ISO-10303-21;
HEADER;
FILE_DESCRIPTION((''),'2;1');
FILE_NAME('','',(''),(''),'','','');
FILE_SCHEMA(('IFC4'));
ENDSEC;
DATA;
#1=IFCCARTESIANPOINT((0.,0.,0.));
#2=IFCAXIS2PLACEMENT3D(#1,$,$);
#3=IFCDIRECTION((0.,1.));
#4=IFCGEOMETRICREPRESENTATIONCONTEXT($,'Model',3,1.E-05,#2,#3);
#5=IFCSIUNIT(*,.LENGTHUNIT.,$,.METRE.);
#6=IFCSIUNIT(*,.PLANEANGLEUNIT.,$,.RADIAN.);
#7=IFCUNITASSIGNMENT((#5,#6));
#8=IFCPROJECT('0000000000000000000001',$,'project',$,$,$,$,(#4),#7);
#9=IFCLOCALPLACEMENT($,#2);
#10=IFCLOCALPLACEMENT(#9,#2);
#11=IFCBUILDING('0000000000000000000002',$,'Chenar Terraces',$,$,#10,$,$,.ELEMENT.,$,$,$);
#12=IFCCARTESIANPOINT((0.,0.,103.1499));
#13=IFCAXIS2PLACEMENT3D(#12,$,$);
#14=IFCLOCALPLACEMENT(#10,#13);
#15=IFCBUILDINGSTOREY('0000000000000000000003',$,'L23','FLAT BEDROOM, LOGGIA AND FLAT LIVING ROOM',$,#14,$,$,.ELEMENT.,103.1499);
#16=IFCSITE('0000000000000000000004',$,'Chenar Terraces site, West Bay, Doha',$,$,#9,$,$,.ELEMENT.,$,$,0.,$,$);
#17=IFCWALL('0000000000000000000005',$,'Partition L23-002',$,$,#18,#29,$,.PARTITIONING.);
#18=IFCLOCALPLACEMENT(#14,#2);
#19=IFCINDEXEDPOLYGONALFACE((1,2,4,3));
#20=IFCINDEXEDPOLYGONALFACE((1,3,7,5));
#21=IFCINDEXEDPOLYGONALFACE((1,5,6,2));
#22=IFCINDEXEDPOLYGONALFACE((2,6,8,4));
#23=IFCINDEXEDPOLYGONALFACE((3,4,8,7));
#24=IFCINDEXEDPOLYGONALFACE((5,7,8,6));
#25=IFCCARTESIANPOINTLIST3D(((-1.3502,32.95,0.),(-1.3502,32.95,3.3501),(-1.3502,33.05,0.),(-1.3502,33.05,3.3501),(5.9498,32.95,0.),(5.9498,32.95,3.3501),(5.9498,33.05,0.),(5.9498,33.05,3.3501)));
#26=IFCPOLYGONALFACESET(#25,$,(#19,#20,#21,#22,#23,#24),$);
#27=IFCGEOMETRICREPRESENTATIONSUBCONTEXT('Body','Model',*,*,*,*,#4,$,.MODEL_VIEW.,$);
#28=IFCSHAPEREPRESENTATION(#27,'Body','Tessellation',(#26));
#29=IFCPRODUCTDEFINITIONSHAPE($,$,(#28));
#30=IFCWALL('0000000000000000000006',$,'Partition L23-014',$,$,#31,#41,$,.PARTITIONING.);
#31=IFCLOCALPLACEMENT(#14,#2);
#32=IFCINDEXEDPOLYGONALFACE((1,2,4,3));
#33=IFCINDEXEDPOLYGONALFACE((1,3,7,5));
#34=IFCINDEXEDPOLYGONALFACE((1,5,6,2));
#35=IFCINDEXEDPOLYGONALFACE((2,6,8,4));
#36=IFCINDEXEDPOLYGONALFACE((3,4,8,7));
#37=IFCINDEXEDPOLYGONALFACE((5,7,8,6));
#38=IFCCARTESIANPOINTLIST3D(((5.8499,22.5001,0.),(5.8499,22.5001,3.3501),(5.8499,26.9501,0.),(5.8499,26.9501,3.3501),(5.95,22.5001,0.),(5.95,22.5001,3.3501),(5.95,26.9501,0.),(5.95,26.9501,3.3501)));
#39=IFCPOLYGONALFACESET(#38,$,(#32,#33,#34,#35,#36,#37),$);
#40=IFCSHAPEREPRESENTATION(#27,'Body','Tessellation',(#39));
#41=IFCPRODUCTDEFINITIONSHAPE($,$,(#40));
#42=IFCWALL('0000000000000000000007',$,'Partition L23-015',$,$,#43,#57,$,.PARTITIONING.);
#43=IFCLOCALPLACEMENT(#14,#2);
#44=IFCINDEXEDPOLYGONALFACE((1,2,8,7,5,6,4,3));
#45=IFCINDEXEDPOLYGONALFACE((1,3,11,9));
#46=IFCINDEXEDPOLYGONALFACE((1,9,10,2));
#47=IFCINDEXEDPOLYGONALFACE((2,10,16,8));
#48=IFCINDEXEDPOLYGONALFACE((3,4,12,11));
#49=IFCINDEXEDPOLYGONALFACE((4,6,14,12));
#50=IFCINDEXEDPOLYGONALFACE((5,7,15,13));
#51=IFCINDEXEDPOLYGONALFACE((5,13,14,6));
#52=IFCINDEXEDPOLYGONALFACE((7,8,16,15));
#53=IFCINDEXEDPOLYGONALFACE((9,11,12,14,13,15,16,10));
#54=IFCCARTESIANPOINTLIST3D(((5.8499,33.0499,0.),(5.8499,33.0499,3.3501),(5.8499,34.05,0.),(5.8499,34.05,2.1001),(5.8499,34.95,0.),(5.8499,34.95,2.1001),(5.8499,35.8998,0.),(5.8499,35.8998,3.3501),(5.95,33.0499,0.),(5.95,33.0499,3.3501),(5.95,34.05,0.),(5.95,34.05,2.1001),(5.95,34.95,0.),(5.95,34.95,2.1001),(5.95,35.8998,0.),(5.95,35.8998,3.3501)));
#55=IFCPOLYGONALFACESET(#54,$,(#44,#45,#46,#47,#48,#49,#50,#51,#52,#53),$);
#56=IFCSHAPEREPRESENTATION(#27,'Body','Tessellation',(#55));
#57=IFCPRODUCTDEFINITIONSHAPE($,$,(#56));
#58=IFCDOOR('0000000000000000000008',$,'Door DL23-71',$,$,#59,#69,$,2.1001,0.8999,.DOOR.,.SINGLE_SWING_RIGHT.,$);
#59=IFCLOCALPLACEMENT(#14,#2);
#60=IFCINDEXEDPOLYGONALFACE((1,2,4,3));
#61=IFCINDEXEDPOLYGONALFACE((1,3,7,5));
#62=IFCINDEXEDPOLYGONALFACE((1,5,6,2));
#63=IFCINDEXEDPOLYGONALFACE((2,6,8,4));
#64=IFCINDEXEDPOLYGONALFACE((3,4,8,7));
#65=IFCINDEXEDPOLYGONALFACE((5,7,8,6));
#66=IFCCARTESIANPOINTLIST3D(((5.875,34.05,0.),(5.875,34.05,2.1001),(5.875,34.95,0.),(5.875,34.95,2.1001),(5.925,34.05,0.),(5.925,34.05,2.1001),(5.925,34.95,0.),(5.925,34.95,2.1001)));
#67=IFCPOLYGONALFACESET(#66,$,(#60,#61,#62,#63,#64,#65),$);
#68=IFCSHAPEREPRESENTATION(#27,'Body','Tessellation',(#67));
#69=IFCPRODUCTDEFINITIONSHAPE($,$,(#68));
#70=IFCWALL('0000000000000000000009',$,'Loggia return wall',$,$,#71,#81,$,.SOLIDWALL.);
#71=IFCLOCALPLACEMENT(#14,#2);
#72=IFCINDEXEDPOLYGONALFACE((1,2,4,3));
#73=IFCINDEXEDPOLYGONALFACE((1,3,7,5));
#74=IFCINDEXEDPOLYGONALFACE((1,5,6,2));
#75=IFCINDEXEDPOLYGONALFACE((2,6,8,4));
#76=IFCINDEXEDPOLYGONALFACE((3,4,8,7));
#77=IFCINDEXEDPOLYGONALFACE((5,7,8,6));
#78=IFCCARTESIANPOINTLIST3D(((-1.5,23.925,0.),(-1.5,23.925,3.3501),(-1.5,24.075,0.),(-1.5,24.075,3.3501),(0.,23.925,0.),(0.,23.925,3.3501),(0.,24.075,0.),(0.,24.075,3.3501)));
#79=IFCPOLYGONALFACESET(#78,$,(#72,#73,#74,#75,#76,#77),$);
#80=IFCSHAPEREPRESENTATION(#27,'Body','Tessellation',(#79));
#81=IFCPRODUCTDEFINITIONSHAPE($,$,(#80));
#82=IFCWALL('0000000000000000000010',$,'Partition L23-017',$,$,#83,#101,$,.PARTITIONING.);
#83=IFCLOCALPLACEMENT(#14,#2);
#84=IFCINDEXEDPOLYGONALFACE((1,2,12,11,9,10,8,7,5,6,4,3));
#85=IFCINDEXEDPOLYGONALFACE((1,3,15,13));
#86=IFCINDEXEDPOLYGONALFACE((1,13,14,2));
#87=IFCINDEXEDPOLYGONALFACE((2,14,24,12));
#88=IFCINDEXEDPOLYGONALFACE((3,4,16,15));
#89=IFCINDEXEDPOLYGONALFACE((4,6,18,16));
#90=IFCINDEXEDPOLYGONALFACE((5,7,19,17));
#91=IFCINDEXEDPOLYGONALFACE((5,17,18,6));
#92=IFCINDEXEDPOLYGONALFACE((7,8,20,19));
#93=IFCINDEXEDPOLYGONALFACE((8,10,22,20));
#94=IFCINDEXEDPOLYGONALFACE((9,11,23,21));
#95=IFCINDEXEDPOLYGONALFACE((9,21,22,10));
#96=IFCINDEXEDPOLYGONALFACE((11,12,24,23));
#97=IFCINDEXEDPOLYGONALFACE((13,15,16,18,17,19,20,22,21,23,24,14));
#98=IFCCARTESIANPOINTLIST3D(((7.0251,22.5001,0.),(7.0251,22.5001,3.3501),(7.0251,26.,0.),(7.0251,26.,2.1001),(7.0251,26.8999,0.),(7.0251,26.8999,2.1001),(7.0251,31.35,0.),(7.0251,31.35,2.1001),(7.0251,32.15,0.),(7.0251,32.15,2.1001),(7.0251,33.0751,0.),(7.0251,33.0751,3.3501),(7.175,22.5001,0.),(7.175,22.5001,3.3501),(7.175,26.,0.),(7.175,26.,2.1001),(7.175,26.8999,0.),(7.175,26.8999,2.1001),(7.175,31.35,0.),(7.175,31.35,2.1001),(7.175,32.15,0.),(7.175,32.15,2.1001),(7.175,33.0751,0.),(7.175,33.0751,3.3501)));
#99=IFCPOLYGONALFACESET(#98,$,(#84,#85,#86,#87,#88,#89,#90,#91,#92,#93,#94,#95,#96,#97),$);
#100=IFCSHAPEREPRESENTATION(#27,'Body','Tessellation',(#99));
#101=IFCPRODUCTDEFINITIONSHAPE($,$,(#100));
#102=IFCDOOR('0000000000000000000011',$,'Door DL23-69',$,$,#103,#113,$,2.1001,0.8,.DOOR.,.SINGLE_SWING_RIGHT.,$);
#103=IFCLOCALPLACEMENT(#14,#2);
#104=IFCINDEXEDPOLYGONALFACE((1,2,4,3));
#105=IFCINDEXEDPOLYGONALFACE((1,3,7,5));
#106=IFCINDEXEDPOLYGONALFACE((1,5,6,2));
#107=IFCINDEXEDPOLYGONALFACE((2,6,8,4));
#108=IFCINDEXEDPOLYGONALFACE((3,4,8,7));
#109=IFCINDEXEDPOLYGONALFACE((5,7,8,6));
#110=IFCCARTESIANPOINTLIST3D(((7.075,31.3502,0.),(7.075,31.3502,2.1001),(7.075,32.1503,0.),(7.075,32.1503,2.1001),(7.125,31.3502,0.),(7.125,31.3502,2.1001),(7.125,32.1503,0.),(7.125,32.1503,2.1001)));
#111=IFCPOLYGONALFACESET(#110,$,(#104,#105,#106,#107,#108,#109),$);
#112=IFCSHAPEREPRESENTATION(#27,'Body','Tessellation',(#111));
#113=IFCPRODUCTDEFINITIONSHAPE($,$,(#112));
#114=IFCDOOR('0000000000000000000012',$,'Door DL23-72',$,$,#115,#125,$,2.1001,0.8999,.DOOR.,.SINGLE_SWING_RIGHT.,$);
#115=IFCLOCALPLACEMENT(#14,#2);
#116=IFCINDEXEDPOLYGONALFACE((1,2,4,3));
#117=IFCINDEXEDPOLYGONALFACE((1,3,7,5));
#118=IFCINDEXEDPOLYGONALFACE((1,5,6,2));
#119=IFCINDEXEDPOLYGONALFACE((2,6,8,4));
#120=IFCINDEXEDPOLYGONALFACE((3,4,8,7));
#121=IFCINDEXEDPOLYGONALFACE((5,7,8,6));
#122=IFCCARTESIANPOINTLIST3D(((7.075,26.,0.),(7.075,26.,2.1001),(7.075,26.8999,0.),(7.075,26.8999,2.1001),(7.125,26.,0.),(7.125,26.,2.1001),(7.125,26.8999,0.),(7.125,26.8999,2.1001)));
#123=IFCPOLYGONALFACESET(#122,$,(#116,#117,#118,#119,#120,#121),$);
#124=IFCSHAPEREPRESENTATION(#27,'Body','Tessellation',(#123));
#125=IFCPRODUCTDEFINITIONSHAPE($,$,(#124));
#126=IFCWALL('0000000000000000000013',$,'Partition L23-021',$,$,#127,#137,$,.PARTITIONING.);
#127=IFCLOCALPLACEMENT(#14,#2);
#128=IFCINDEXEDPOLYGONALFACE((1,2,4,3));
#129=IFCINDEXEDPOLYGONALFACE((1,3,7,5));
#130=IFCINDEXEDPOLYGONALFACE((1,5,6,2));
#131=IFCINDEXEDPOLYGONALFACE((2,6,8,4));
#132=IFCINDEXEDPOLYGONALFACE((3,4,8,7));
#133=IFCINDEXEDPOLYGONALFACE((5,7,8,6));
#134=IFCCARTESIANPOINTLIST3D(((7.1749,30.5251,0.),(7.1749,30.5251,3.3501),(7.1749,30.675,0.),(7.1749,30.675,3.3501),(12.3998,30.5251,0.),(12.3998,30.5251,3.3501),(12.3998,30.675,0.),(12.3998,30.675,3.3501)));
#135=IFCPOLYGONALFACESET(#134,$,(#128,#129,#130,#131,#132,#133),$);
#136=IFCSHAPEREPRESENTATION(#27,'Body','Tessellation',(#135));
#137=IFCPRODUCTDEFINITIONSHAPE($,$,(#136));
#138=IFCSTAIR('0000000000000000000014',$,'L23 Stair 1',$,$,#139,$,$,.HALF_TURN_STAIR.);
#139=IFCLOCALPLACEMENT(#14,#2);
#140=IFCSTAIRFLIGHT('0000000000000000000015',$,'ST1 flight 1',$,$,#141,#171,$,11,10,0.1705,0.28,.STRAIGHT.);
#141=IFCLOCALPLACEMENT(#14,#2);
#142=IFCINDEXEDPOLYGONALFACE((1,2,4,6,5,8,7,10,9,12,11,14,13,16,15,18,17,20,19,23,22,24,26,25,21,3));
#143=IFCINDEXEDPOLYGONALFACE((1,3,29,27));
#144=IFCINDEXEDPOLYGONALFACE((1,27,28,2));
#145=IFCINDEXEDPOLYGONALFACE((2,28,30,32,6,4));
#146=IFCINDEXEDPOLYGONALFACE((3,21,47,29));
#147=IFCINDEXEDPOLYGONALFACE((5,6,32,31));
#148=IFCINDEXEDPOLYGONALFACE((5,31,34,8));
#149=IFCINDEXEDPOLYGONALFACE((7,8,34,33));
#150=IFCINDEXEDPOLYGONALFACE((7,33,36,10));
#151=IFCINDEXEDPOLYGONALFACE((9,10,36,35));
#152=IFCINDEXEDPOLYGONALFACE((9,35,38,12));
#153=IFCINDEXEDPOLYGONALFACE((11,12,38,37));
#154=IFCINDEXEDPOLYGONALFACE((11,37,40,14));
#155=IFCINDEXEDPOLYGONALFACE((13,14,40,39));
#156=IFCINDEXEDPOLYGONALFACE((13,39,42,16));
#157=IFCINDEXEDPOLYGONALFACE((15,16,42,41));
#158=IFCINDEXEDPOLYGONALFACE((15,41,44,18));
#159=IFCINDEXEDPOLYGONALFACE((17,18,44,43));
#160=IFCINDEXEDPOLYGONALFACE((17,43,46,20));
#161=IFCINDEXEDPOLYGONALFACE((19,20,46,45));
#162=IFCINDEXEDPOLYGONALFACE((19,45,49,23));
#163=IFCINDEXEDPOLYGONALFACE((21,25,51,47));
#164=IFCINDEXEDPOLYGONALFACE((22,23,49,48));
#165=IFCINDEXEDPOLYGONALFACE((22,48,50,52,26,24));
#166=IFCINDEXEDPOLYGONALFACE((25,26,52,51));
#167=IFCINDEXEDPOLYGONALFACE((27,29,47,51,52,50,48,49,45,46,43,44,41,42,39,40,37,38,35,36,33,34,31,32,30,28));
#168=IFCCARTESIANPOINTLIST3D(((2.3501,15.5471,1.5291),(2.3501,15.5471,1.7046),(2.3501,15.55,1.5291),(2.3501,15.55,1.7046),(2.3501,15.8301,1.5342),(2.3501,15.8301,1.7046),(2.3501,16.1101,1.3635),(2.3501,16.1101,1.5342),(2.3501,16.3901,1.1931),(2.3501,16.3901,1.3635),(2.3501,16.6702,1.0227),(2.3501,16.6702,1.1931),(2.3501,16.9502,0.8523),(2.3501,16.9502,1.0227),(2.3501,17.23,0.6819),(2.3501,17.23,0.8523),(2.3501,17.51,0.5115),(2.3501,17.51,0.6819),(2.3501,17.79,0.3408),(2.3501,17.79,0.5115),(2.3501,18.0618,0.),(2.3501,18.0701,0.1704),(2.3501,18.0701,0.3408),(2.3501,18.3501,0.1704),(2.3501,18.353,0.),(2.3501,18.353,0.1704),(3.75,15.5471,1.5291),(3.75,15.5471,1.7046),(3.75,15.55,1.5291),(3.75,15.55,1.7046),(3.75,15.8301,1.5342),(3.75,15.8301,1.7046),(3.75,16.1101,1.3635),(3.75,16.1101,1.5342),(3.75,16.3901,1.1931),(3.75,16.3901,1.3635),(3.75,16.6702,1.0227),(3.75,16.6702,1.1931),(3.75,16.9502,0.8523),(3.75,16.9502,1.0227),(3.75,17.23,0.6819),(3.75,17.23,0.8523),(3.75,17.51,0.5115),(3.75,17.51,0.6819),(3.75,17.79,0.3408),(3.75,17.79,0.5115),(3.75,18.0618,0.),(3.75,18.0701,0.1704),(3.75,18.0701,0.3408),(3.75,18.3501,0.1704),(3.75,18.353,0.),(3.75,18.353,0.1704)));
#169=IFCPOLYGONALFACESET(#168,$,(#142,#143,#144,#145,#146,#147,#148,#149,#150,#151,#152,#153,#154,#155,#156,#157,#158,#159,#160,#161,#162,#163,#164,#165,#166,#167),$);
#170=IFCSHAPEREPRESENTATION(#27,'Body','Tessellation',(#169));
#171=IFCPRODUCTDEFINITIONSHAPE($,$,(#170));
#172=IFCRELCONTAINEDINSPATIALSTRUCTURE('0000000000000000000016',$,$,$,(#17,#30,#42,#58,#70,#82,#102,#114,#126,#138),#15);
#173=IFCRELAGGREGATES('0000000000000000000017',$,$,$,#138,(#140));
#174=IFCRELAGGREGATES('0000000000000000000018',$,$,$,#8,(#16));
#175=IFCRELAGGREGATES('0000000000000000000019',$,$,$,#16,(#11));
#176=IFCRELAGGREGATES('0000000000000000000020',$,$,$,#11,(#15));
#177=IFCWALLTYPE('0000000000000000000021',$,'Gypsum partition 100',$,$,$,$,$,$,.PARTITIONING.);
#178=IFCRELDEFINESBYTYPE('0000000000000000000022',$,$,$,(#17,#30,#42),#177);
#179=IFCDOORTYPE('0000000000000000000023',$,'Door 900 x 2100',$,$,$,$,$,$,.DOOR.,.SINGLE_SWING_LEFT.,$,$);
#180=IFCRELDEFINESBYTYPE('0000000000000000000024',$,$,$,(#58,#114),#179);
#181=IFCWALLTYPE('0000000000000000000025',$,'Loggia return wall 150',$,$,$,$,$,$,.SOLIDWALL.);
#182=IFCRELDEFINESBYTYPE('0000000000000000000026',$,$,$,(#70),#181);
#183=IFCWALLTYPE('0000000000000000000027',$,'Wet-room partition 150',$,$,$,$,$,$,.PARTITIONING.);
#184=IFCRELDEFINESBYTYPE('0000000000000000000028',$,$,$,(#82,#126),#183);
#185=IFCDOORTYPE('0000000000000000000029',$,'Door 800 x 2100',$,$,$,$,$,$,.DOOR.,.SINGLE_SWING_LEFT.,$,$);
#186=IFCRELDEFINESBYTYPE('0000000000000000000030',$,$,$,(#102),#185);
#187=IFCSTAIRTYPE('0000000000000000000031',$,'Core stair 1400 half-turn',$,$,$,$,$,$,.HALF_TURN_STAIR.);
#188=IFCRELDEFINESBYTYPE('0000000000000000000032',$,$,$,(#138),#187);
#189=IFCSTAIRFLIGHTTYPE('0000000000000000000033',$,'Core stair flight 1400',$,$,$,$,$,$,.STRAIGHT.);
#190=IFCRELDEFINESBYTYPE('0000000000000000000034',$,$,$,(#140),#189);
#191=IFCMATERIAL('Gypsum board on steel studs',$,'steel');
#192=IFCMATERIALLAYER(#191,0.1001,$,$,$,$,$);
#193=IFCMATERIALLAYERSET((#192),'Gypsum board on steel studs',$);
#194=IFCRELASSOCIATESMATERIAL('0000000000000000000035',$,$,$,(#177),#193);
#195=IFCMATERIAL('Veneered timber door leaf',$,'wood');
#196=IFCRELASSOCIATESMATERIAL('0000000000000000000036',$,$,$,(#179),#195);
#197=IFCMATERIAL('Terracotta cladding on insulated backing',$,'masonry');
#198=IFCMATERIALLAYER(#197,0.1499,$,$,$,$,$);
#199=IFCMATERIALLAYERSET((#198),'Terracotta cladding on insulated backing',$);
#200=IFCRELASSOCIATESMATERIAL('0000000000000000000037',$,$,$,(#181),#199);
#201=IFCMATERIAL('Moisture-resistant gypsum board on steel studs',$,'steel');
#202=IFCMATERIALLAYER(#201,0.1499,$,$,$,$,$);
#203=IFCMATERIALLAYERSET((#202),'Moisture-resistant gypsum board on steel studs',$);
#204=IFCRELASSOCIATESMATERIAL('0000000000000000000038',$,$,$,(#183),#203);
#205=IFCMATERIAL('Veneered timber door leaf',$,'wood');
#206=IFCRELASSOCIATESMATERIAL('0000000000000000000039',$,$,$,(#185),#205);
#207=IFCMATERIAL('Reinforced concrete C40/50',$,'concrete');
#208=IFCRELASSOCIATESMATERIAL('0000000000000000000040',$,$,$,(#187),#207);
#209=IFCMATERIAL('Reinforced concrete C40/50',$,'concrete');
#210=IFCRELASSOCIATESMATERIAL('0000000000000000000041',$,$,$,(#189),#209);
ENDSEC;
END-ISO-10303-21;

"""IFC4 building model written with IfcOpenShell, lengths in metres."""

from ifc_helpers import new_model, si_unit, direction, frame, frame_2d, origin, place, context, subcontext, project, spatial, polyline, rectangle, outline, extrude, material, layer, layer_set, type_object, element, fill, aggregate, save


model = new_model("IFC4")

# Units and contexts
model_context = context("Model", 3, precision=1e-05, world=origin(), true_north=direction((0.0, 1.0)))
body_context = subcontext(model_context, "Body", "Model", "MODEL_VIEW")
ifc_project = project(units=[si_unit("LENGTHUNIT", "METRE"), si_unit("PLANEANGLEUNIT", "RADIAN")], contexts=[model_context])

# Site, building, storey
site_placement = place(None, origin())
site = spatial("IfcSite", under=ifc_project, at=site_placement, Name="Chenar Terraces site, West Bay, Doha", CompositionType="ELEMENT", RefElevation=0.0)
building_placement = place(site_placement, origin())
building = spatial("IfcBuilding", under=site, at=building_placement, Name="Chenar Terraces", CompositionType="ELEMENT")
storey_placement = place(building_placement, frame((0.0, 0.0, 103.1499)))
storey = spatial("IfcBuildingStorey", under=building, at=storey_placement, Name="L23", Description="FLAT BEDROOM, LOGGIA AND FLAT LIVING ROOM", CompositionType="ELEMENT", Elevation=103.1499)

# Shared definitions
ifc_material_1 = material(Name="Gypsum board on steel studs", Category="steel")
ifc_layer_1 = layer(ifc_material_1, 0.1001)
ifc_layer_set_1 = layer_set([ifc_layer_1], Name="Gypsum board on steel studs")
wall_type_1 = type_object("IfcWallType", Name="Gypsum partition 100", PredefinedType="PARTITIONING", material=ifc_layer_set_1)
ifc_material_2 = material(Name="Veneered timber door leaf", Category="wood")
door_type_1 = type_object("IfcDoorType", Name="Door 900 x 2100", OperationType="SINGLE_SWING_LEFT", PredefinedType="DOOR", material=ifc_material_2)

# Walls
wall_1_placement = place(storey_placement, frame((-1.3501, 33.0, 0.0), z_axis=(0.0, 0.0, 1.0), x_axis=(1.0, 0.0, 0.0)))
element("IfcWall", 1, at=wall_1_placement, inside=storey, type_object=wall_type_1, Name="Partition L23-002", PredefinedType="PARTITIONING", context=body_context, shape_type="SweptSolid", body=[
    extrude(rectangle(XDim=7.3, YDim=0.1001, at=frame_2d((3.6499, 0.0))), origin(), (0.0, 0.0, 1.0), 3.3501),
])
wall_2_placement = place(storey_placement, frame((5.8999, 22.5, 0.0), z_axis=(0.0, 0.0, 1.0), x_axis=(0.0, 1.0, 0.0)))
element("IfcWall", 2, at=wall_2_placement, inside=storey, type_object=wall_type_1, Name="Partition L23-014", PredefinedType="PARTITIONING", context=body_context, shape_type="SweptSolid", body=[
    extrude(rectangle(XDim=4.45, YDim=0.1001, at=frame_2d((2.2251, 0.0))), origin(), (0.0, 0.0, 1.0), 3.3501),
])

# Wall, opening, door
wall_3_placement = place(storey_placement, frame((5.8999, 33.05, 0.0), z_axis=(0.0, 0.0, 1.0), x_axis=(0.0, 1.0, 0.0)))
wall_3 = element("IfcWall", 3, at=wall_3_placement, inside=storey, type_object=wall_type_1, Name="Partition L23-015", PredefinedType="PARTITIONING", context=body_context, shape_type="SweptSolid", body=[
    extrude(rectangle(XDim=2.8499, YDim=0.1001, at=frame_2d((1.4248, 0.0))), origin(), (0.0, 0.0, 1.0), 3.3501),
])
opening_1_placement = place(wall_3_placement, frame((1.0, 0.0, 0.0)))
opening_1 = element("IfcOpeningElement", 4, at=opening_1_placement, cuts=wall_3, PredefinedType="OPENING", context=body_context, shape_type="SweptSolid", body=[
    extrude(rectangle(XDim=0.8999, YDim=2.1001, at=frame_2d((0.45, 1.05))), frame((0.0, 0.0601, 0.0), z_axis=(0.0, -1.0, 0.0), x_axis=(1.0, 0.0, 0.0)), (0.0, 0.0, 1.0), 0.1201),
])
door_1_placement = place(opening_1_placement, origin())
door_1 = element("IfcDoor", 5, at=door_1_placement, inside=storey, type_object=door_type_1, Name="Door DL23-71", OperationType="SINGLE_SWING_RIGHT", OverallHeight=2.1001, OverallWidth=0.8999, PredefinedType="DOOR", context=body_context, shape_type="SweptSolid", body=[
    extrude(rectangle(XDim=0.8999, YDim=2.1001, at=frame_2d((0.45, 1.05))), frame((0.0, 0.0249, 0.0), z_axis=(0.0, -1.0, 0.0), x_axis=(1.0, 0.0, 0.0)), (0.0, 0.0, 1.0), 0.05),
])
fill(opening_1, door_1)

# Wall
ifc_material_3 = material(Name="Terracotta cladding on insulated backing", Category="masonry")
ifc_layer_2 = layer(ifc_material_3, 0.1499)
ifc_layer_set_2 = layer_set([ifc_layer_2], Name="Terracotta cladding on insulated backing")
wall_type_2 = type_object("IfcWallType", Name="Loggia return wall 150", PredefinedType="SOLIDWALL", material=ifc_layer_set_2)
wall_4_placement = place(storey_placement, frame((-1.5, 24.0, 0.0), z_axis=(0.0, 0.0, 1.0), x_axis=(1.0, 0.0, 0.0)))
element("IfcWall", 6, at=wall_4_placement, inside=storey, type_object=wall_type_2, Name="Loggia return wall", PredefinedType="SOLIDWALL", context=body_context, shape_type="SweptSolid", body=[
    extrude(rectangle(XDim=1.5, YDim=0.1499, at=frame_2d((0.75, 0.0))), origin(), (0.0, 0.0, 1.0), 3.3501),
])

# Wall, openings, doors
ifc_material_4 = material(Name="Moisture-resistant gypsum board on steel studs", Category="steel")
ifc_layer_3 = layer(ifc_material_4, 0.1499)
ifc_layer_set_3 = layer_set([ifc_layer_3], Name="Moisture-resistant gypsum board on steel studs")
wall_type_3 = type_object("IfcWallType", Name="Wet-room partition 150", PredefinedType="PARTITIONING", material=ifc_layer_set_3)
wall_5_placement = place(storey_placement, frame((7.1001, 22.5, 0.0), z_axis=(0.0, 0.0, 1.0), x_axis=(0.0, 1.0, 0.0)))
wall_5 = element("IfcWall", 7, at=wall_5_placement, inside=storey, type_object=wall_type_3, Name="Partition L23-017", PredefinedType="PARTITIONING", context=body_context, shape_type="SweptSolid", body=[
    extrude(rectangle(XDim=10.575, YDim=0.1499, at=frame_2d((5.2876, 0.0))), origin(), (0.0, 0.0, 1.0), 3.3501),
])
opening_2_placement = place(wall_5_placement, frame((8.8501, 0.0, 0.0)))
opening_2 = element("IfcOpeningElement", 8, at=opening_2_placement, cuts=wall_5, PredefinedType="OPENING", context=body_context, shape_type="SweptSolid", body=[
    extrude(rectangle(XDim=0.8, YDim=2.1001, at=frame_2d((0.3999, 1.05))), frame((0.0, 0.085, 0.0), z_axis=(0.0, -1.0, 0.0), x_axis=(1.0, 0.0, 0.0)), (0.0, 0.0, 1.0), 0.1699),
])
opening_3_placement = place(wall_5_placement, frame((3.5, 0.0, 0.0)))
opening_3 = element("IfcOpeningElement", 9, at=opening_3_placement, cuts=wall_5, PredefinedType="OPENING", context=body_context, shape_type="SweptSolid", body=[
    extrude(rectangle(XDim=0.8999, YDim=2.1001, at=frame_2d((0.45, 1.05))), frame((0.0, 0.085, 0.0), z_axis=(0.0, -1.0, 0.0), x_axis=(1.0, 0.0, 0.0)), (0.0, 0.0, 1.0), 0.1699),
])
ifc_material_5 = material(Name="Veneered timber door leaf", Category="wood")
door_type_2 = type_object("IfcDoorType", Name="Door 800 x 2100", OperationType="SINGLE_SWING_LEFT", PredefinedType="DOOR", material=ifc_material_5)
door_2_placement = place(opening_2_placement, frame((0.8, 0.0, 0.0), z_axis=(0.0, 0.0, 1.0), x_axis=(-1.0, 0.0, 0.0)))
door_2 = element("IfcDoor", 10, at=door_2_placement, inside=storey, type_object=door_type_2, Name="Door DL23-69", OperationType="SINGLE_SWING_RIGHT", OverallHeight=2.1001, OverallWidth=0.8, PredefinedType="DOOR", context=body_context, shape_type="SweptSolid", body=[
    extrude(rectangle(XDim=0.8, YDim=2.1001, at=frame_2d((0.3999, 1.05))), frame((0.0, 0.0249, 0.0), z_axis=(0.0, -1.0, 0.0), x_axis=(1.0, 0.0, 0.0)), (0.0, 0.0, 1.0), 0.05),
])
fill(opening_2, door_2)
door_3_placement = place(opening_3_placement, frame((0.8999, 0.0, 0.0), z_axis=(0.0, 0.0, 1.0), x_axis=(-1.0, 0.0, 0.0)))
door_3 = element("IfcDoor", 11, at=door_3_placement, inside=storey, type_object=door_type_1, Name="Door DL23-72", OperationType="SINGLE_SWING_RIGHT", OverallHeight=2.1001, OverallWidth=0.8999, PredefinedType="DOOR", context=body_context, shape_type="SweptSolid", body=[
    extrude(rectangle(XDim=0.8999, YDim=2.1001, at=frame_2d((0.45, 1.05))), frame((0.0, 0.0249, 0.0), z_axis=(0.0, -1.0, 0.0), x_axis=(1.0, 0.0, 0.0)), (0.0, 0.0, 1.0), 0.05),
])
fill(opening_3, door_3)

# Wall
wall_6_placement = place(storey_placement, frame((7.175, 30.6001, 0.0), z_axis=(0.0, 0.0, 1.0), x_axis=(1.0, 0.0, 0.0)))
element("IfcWall", 12, at=wall_6_placement, inside=storey, type_object=wall_type_3, Name="Partition L23-021", PredefinedType="PARTITIONING", context=body_context, shape_type="SweptSolid", body=[
    extrude(rectangle(XDim=5.2249, YDim=0.1499, at=frame_2d((2.6123, 0.0))), origin(), (0.0, 0.0, 1.0), 3.3501),
])

# Stair, stair flight
ifc_material_6 = material(Name="Reinforced concrete C40/50", Category="concrete")
stair_type = type_object("IfcStairType", Name="Core stair 1400 half-turn", PredefinedType="HALF_TURN_STAIR", material=ifc_material_6)
stair_placement = place(storey_placement, origin())
stair = element("IfcStair", 13, at=stair_placement, inside=storey, type_object=stair_type, Name="L23 Stair 1", PredefinedType="HALF_TURN_STAIR")
ifc_material_7 = material(Name="Reinforced concrete C40/50", Category="concrete")
stair_flight_type = type_object("IfcStairFlightType", Name="Core stair flight 1400", PredefinedType="STRAIGHT", material=ifc_material_7)
stair_flight_1_placement = place(storey_placement, frame((3.05, 18.3501, 0.0), z_axis=(0.0, 0.0, 1.0), x_axis=(0.0, -1.0, 0.0)))
stair_flight_1 = element("IfcStairFlight", 14, at=stair_flight_1_placement, type_object=stair_flight_type, Name="ST1 flight 1", NumberOfRisers=11, NumberOfTreads=10, PredefinedType="STRAIGHT", RiserHeight=0.1705, TreadLength=0.28, context=body_context, shape_type="SweptSolid", body=[
    extrude(outline(polyline([(-0.0029, 0.0), (-0.0029, 0.1704), (0.0, 0.1704), (0.28, 0.1704), (0.28, 0.3408), (0.5601, 0.3408), (0.5601, 0.5115), (0.8401, 0.5115), (0.8401, 0.6819), (1.1201, 0.6819), (1.1201, 0.8523), (1.3999, 0.8523), (1.3999, 1.0227), (1.6799, 1.0227), (1.6799, 1.1931), (1.96, 1.1931), (1.96, 1.3635), (2.24, 1.3635), (2.24, 1.5342), (2.52, 1.5342), (2.52, 1.7046), (2.8, 1.7046), (2.803, 1.7046), (2.803, 1.5291), (2.8, 1.5291), (0.2883, 0.0), (-0.0029, 0.0)])), frame((0.0, 0.7, 0.0), z_axis=(0.0, -1.0, 0.0), x_axis=(1.0, 0.0, 0.0)), (0.0, 0.0, 1.0), 1.3999),
])
aggregate(stair, [stair_flight_1])

save(model, "model.ifc")
